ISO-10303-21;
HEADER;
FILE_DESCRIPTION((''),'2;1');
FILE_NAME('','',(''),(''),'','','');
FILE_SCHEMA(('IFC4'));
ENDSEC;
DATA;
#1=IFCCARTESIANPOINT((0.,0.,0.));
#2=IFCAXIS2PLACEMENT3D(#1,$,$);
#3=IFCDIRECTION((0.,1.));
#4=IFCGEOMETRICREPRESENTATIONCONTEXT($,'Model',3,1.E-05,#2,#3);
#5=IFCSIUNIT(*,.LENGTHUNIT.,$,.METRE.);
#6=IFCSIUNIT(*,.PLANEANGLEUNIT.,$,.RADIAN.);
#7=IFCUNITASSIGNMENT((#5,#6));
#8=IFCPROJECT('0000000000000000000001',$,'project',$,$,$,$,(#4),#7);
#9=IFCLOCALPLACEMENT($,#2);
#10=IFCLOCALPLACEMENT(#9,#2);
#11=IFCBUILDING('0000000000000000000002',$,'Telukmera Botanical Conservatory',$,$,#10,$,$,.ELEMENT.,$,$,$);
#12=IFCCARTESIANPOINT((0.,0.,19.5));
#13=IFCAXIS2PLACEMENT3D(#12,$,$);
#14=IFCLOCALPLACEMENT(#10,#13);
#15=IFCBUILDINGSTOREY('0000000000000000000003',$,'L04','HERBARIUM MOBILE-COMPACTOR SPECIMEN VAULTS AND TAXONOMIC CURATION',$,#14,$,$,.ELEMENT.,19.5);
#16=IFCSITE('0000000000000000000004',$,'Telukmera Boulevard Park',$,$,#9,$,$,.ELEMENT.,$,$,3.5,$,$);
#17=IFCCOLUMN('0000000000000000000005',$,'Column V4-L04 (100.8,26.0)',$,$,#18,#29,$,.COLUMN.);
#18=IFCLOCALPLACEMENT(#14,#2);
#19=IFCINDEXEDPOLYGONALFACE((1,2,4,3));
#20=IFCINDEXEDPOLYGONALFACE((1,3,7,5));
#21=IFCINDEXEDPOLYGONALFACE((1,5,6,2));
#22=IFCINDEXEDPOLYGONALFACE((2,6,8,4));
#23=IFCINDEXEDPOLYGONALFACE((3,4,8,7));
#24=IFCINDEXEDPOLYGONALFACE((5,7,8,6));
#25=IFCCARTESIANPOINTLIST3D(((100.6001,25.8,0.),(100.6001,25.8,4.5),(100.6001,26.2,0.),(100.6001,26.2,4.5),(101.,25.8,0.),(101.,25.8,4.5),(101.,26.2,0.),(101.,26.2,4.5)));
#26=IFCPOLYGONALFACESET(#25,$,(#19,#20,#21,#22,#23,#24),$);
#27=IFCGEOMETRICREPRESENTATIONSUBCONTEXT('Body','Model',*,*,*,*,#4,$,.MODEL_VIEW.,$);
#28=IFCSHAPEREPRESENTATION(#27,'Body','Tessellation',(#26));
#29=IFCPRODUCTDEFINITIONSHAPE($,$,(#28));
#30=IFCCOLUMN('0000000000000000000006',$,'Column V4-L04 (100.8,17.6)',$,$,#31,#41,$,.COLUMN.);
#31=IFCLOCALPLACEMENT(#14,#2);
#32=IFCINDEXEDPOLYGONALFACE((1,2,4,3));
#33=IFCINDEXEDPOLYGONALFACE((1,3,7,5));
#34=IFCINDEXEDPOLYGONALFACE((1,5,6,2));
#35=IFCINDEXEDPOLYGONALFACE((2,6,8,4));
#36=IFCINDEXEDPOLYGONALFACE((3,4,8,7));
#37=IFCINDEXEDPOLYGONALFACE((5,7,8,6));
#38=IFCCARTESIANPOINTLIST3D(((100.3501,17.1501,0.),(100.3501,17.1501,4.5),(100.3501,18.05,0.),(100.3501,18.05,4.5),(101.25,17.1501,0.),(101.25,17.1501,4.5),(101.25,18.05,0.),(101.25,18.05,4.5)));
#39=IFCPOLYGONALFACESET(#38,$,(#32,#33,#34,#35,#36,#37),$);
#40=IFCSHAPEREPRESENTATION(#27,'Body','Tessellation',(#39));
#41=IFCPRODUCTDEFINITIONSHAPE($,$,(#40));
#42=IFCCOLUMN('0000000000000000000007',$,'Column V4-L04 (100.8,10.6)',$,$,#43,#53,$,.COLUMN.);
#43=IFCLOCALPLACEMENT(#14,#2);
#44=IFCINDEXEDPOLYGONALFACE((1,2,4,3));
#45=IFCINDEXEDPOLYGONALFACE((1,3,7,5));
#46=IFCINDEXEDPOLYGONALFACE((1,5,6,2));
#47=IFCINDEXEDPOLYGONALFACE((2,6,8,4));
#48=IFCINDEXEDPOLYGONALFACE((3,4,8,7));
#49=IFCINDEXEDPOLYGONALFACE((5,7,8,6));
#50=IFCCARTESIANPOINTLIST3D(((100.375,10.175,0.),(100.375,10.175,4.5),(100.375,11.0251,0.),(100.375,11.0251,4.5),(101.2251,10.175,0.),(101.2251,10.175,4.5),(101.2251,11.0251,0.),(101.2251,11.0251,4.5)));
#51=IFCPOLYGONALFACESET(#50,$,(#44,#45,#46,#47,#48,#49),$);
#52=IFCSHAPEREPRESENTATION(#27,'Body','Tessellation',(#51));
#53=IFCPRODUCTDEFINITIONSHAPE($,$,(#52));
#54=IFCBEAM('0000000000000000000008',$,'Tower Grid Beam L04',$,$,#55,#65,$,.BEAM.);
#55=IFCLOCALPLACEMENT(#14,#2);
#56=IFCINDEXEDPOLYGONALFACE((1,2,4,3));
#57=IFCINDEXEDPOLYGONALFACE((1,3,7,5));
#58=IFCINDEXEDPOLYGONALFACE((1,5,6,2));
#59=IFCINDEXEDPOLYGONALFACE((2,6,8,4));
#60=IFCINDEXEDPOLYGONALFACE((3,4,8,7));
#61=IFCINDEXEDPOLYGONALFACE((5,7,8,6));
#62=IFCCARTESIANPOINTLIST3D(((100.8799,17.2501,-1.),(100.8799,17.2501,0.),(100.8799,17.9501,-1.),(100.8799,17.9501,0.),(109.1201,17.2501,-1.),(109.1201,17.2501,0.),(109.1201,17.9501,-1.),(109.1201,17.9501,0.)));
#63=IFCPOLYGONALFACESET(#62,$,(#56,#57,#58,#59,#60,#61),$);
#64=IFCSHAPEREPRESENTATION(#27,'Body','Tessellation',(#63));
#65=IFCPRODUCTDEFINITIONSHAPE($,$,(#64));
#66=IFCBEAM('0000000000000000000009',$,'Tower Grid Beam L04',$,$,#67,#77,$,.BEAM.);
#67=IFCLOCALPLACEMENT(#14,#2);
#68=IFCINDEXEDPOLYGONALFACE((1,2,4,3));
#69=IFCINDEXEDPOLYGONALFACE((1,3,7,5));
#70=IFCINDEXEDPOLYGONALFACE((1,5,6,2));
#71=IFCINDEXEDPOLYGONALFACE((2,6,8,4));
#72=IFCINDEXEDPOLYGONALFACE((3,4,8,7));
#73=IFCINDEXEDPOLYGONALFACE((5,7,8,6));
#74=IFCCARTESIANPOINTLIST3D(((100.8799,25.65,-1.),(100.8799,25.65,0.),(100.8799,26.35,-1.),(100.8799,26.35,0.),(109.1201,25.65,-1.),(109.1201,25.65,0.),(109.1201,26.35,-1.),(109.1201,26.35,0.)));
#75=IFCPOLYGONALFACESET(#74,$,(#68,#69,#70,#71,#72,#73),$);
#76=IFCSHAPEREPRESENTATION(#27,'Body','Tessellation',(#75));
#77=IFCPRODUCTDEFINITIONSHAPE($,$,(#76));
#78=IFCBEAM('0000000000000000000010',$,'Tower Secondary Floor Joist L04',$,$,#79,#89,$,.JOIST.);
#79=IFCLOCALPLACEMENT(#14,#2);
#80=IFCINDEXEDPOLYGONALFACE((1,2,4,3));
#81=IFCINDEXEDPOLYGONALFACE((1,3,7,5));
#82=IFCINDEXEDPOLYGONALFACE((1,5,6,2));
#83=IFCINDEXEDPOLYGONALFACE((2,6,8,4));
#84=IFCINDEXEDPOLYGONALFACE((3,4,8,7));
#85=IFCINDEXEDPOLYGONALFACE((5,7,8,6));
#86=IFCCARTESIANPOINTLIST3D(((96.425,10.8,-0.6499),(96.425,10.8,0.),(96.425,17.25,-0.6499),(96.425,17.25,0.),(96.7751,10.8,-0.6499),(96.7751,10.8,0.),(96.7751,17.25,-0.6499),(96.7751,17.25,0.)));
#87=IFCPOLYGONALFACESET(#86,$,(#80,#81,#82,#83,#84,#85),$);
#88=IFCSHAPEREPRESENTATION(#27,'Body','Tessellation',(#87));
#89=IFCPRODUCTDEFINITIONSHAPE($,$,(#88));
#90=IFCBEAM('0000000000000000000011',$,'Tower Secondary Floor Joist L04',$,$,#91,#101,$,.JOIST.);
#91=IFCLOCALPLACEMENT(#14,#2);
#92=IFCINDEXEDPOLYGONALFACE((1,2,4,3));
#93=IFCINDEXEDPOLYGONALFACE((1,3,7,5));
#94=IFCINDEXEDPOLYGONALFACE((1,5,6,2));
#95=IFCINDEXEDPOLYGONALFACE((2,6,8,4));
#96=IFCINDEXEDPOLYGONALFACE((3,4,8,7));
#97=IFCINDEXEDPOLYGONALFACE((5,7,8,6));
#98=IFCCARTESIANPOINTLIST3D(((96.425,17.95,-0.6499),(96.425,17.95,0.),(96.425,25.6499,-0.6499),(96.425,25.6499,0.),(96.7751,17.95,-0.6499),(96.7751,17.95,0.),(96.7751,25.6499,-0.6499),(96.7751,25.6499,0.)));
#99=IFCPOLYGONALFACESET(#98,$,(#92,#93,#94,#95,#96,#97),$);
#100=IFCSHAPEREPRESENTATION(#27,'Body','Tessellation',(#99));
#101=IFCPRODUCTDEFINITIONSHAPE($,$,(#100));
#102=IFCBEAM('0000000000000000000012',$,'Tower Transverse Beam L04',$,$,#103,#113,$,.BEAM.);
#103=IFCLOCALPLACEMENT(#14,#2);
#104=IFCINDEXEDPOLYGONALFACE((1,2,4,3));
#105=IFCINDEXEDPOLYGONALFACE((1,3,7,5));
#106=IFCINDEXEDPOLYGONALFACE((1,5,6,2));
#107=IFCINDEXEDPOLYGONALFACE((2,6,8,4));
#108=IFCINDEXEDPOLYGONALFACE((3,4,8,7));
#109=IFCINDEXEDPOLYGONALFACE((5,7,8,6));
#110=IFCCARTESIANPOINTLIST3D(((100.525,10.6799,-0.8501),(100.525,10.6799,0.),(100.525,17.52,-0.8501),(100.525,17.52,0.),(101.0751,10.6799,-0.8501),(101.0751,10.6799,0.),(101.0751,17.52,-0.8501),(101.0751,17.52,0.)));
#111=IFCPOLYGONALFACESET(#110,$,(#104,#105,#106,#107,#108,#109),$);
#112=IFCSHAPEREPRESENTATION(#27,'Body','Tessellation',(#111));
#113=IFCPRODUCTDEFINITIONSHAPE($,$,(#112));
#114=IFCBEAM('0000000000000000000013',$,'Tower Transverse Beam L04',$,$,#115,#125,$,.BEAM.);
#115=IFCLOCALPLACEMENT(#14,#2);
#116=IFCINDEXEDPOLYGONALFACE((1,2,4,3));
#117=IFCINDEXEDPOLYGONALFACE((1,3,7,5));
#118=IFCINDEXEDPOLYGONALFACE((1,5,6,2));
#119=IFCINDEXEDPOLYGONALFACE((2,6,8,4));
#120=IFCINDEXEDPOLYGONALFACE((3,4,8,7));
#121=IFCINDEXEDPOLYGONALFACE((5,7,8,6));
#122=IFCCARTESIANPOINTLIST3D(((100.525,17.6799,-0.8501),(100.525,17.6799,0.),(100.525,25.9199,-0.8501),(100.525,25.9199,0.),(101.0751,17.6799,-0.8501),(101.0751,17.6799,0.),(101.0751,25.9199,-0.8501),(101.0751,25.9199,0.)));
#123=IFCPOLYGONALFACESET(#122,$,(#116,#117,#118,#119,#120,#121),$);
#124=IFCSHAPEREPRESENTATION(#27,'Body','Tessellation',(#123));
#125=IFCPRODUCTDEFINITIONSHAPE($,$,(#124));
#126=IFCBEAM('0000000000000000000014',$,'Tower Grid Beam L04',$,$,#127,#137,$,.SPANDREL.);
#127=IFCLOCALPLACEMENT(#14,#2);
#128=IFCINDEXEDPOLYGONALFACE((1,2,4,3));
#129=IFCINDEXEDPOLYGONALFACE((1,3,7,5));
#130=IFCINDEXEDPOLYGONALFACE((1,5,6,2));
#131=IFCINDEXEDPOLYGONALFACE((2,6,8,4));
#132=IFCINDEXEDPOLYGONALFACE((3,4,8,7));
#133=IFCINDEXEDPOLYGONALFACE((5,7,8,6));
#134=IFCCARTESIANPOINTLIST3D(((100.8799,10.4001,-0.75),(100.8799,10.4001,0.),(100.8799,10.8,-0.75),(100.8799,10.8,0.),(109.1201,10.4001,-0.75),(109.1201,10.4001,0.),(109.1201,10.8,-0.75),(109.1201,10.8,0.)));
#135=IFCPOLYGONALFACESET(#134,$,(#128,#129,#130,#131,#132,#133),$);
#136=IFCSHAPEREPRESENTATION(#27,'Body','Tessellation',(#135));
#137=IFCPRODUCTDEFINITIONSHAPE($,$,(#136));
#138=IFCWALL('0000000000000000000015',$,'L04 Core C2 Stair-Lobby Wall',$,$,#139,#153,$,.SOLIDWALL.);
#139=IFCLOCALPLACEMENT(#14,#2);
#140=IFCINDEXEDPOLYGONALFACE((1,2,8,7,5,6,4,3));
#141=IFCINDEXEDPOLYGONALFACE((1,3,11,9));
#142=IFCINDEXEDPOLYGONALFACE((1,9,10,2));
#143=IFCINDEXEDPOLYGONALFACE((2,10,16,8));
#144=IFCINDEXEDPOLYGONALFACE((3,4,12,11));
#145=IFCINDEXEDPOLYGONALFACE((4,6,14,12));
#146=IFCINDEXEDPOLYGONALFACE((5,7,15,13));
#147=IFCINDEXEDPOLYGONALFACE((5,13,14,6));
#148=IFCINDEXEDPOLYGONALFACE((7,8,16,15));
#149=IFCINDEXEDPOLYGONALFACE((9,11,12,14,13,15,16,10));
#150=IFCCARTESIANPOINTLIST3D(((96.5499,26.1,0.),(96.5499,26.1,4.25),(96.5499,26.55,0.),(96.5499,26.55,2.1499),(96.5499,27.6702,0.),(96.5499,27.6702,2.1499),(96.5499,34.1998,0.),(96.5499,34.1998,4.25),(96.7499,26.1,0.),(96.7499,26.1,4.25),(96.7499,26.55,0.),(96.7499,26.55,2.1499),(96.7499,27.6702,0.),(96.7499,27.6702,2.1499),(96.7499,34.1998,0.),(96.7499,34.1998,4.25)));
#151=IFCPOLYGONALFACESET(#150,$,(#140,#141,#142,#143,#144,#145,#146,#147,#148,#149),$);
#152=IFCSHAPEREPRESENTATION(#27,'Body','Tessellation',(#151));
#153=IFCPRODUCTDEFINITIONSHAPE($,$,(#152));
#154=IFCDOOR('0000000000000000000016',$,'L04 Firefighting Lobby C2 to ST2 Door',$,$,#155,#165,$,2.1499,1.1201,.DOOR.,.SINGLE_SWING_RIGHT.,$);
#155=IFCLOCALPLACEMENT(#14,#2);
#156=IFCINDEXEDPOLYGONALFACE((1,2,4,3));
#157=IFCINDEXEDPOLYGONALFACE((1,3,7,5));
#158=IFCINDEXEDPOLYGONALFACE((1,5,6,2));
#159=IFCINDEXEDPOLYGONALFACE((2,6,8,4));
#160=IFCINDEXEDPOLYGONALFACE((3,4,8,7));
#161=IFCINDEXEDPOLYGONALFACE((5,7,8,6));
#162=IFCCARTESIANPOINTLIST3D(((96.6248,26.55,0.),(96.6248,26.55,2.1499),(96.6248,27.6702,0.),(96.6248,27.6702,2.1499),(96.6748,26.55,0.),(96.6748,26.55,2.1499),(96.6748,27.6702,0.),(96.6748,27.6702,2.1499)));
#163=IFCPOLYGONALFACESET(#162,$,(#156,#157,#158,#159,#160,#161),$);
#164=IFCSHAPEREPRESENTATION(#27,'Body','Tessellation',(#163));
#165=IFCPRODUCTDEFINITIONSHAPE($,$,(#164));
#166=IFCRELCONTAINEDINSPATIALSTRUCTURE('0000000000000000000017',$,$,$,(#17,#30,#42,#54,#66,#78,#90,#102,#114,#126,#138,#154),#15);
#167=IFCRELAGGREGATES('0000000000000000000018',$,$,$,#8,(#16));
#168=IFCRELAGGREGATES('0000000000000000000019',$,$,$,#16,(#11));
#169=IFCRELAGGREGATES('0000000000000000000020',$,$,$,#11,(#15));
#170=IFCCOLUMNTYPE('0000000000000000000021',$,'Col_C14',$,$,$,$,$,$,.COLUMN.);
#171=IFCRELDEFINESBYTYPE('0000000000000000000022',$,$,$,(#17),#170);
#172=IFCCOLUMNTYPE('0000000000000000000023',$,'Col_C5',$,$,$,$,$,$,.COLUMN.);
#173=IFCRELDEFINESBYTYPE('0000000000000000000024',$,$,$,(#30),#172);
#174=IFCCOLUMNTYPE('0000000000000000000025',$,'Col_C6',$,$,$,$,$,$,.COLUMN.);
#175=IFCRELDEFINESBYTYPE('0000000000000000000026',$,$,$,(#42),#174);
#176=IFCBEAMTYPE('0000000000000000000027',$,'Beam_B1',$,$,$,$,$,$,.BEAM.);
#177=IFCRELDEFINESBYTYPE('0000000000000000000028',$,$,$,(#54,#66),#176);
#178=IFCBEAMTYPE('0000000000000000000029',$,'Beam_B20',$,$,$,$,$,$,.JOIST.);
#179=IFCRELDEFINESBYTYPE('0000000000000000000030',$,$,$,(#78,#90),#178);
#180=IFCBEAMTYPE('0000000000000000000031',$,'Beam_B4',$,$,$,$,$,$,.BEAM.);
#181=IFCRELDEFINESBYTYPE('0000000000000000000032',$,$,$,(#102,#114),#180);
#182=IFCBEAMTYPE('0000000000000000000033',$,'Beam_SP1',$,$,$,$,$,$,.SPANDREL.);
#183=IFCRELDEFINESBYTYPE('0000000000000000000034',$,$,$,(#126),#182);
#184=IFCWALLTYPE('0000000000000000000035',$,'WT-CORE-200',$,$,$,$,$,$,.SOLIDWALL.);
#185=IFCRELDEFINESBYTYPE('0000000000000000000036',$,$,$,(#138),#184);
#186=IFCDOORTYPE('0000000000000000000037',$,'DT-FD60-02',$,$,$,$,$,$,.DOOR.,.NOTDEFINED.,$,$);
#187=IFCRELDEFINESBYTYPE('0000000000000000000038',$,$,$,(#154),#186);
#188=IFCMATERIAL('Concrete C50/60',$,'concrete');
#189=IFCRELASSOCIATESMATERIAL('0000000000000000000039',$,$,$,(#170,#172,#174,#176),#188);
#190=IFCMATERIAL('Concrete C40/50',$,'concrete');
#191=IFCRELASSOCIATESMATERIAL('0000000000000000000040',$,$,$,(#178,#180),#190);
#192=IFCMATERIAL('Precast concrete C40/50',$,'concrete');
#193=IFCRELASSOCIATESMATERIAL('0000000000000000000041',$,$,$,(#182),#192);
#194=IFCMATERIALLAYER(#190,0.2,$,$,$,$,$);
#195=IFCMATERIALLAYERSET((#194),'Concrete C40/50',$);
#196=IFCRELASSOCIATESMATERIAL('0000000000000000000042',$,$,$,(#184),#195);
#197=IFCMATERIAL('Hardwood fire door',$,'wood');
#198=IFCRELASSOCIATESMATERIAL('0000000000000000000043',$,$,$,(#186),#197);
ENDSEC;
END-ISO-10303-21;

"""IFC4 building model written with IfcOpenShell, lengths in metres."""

from ifc_helpers import new_model, si_unit, direction, frame, frame_2d, origin, origin_2d, place, context, subcontext, project, spatial, rectangle, extrude, material, layer, layer_set, material_profile, profile_set, type_object, element, fill, save


model = new_model("IFC4")

# Units and contexts
model_context = context("Model", 3, precision=1e-05, world=origin(), true_north=direction((0.0, 1.0)))
body_context = subcontext(model_context, "Body", "Model", "MODEL_VIEW")
ifc_project = project(units=[si_unit("LENGTHUNIT", "METRE"), si_unit("PLANEANGLEUNIT", "RADIAN")], contexts=[model_context])

# Site, building, storey
site_placement = place(None, origin())
site = spatial("IfcSite", under=ifc_project, at=site_placement, Name="Telukmera Boulevard Park", CompositionType="ELEMENT", RefElevation=3.5)
building_placement = place(site_placement, origin())
building = spatial("IfcBuilding", under=site, at=building_placement, Name="Telukmera Botanical Conservatory", CompositionType="ELEMENT")
storey_placement = place(building_placement, frame((0.0, 0.0, 19.5)))
storey = spatial("IfcBuildingStorey", under=building, at=storey_placement, Name="L04", Description="HERBARIUM MOBILE-COMPACTOR SPECIMEN VAULTS AND TAXONOMIC CURATION", CompositionType="ELEMENT", Elevation=19.5)

# Columns
ifc_material_1 = material(Name="Concrete C50/60", Category="concrete")
ifc_material_profile_1 = material_profile(ifc_material_1, rectangle(XDim=0.3999, YDim=0.3999, at=origin_2d()), Name="RC 400x400")
ifc_profile_set_1 = profile_set([ifc_material_profile_1], Name="Concrete C50/60")
column_type_1 = type_object("IfcColumnType", Name="Col_C14", PredefinedType="COLUMN", material=ifc_profile_set_1)
column_1_placement = place(storey_placement, frame((100.8, 26.0, 0.0), z_axis=(0.0, 0.0, 1.0), x_axis=(1.0, 0.0, 0.0)))
element("IfcColumn", 1, at=column_1_placement, inside=storey, type_object=column_type_1, Name="Column V4-L04 (100.8,26.0)", PredefinedType="COLUMN", context=body_context, shape_type="SweptSolid", body=[
    extrude(rectangle(XDim=0.3999, YDim=0.3999, at=origin_2d()), origin(), (0.0, 0.0, 1.0), 4.5),
])
ifc_material_profile_2 = material_profile(ifc_material_1, rectangle(XDim=0.8999, YDim=0.8999, at=origin_2d()), Name="RC 900x900")
ifc_profile_set_2 = profile_set([ifc_material_profile_2], Name="Concrete C50/60")
column_type_2 = type_object("IfcColumnType", Name="Col_C5", PredefinedType="COLUMN", material=ifc_profile_set_2)
column_2_placement = place(storey_placement, frame((100.8, 17.6001, 0.0), z_axis=(0.0, 0.0, 1.0), x_axis=(1.0, 0.0, 0.0)))
element("IfcColumn", 2, at=column_2_placement, inside=storey, type_object=column_type_2, Name="Column V4-L04 (100.8,17.6)", PredefinedType="COLUMN", context=body_context, shape_type="SweptSolid", body=[
    extrude(rectangle(XDim=0.8999, YDim=0.8999, at=origin_2d()), origin(), (0.0, 0.0, 1.0), 4.5),
])
ifc_material_profile_3 = material_profile(ifc_material_1, rectangle(XDim=0.8501, YDim=0.8501, at=origin_2d()), Name="RC 850x850")
ifc_profile_set_3 = profile_set([ifc_material_profile_3], Name="Concrete C50/60")
column_type_3 = type_object("IfcColumnType", Name="Col_C6", PredefinedType="COLUMN", material=ifc_profile_set_3)
column_3_placement = place(storey_placement, frame((100.8, 10.6001, 0.0), z_axis=(0.0, 0.0, 1.0), x_axis=(1.0, 0.0, 0.0)))
element("IfcColumn", 3, at=column_3_placement, inside=storey, type_object=column_type_3, Name="Column V4-L04 (100.8,10.6)", PredefinedType="COLUMN", context=body_context, shape_type="SweptSolid", body=[
    extrude(rectangle(XDim=0.8501, YDim=0.8501, at=origin_2d()), origin(), (0.0, 0.0, 1.0), 4.5),
])

# Beams
ifc_material_profile_4 = material_profile(ifc_material_1, rectangle(XDim=0.7, YDim=1.0, at=origin_2d()), Name="RC 700x1000")
ifc_profile_set_4 = profile_set([ifc_material_profile_4], Name="Concrete C50/60")
beam_type_1 = type_object("IfcBeamType", Name="Beam_B1", PredefinedType="BEAM", material=ifc_profile_set_4)
for number, where, z_axis, x_axis, name in (
    (4, (100.8799, 17.6001, -0.5), (1.0, 0.0, 0.0), (0.0, 1.0, 0.0), "Tower Grid Beam L04"),
    (5, (100.8799, 26.0, -0.5), (1.0, 0.0, 0.0), (0.0, 1.0, 0.0), "Tower Grid Beam L04"),
):
    element("IfcBeam", number, at=place(storey_placement, frame(where, z_axis=z_axis, x_axis=x_axis)), inside=storey, type_object=beam_type_1, Name=name, PredefinedType="BEAM", context=body_context, shape_type="SweptSolid", body=[
        extrude(rectangle(XDim=0.7, YDim=1.0, at=origin_2d()), origin(), (0.0, 0.0, 1.0), 8.2402),
    ])
ifc_material_2 = material(Name="Concrete C40/50", Category="concrete")
ifc_material_profile_5 = material_profile(ifc_material_2, rectangle(XDim=0.3501, YDim=0.6499, at=origin_2d()), Name="RC 350x650")
ifc_profile_set_5 = profile_set([ifc_material_profile_5], Name="Concrete C40/50")
beam_type_2 = type_object("IfcBeamType", Name="Beam_B20", PredefinedType="JOIST", material=ifc_profile_set_5)
beam_1_placement = place(storey_placement, frame((96.6001, 10.8, -0.325), z_axis=(0.0, 1.0, 0.0), x_axis=(-1.0, 0.0, 0.0)))
element("IfcBeam", 6, at=beam_1_placement, inside=storey, type_object=beam_type_2, Name="Tower Secondary Floor Joist L04", PredefinedType="JOIST", context=body_context, shape_type="SweptSolid", body=[
    extrude(rectangle(XDim=0.3501, YDim=0.6499, at=origin_2d()), origin(), (0.0, 0.0, 1.0), 6.45),
])
beam_2_placement = place(storey_placement, frame((96.6001, 17.95, -0.325), z_axis=(0.0, 1.0, 0.0), x_axis=(-1.0, 0.0, 0.0)))
element("IfcBeam", 7, at=beam_2_placement, inside=storey, type_object=beam_type_2, Name="Tower Secondary Floor Joist L04", PredefinedType="JOIST", context=body_context, shape_type="SweptSolid", body=[
    extrude(rectangle(XDim=0.3501, YDim=0.6499, at=origin_2d()), origin(), (0.0, 0.0, 1.0), 7.7),
])
ifc_material_profile_6 = material_profile(ifc_material_2, rectangle(XDim=0.55, YDim=0.8501, at=origin_2d()), Name="RC 550x850")
ifc_profile_set_6 = profile_set([ifc_material_profile_6], Name="Concrete C40/50")
beam_type_3 = type_object("IfcBeamType", Name="Beam_B4", PredefinedType="BEAM", material=ifc_profile_set_6)
beam_3_placement = place(storey_placement, frame((100.8, 10.6799, -0.425), z_axis=(0.0, 1.0, 0.0), x_axis=(-1.0, 0.0, 0.0)))
element("IfcBeam", 8, at=beam_3_placement, inside=storey, type_object=beam_type_3, Name="Tower Transverse Beam L04", PredefinedType="BEAM", context=body_context, shape_type="SweptSolid", body=[
    extrude(rectangle(XDim=0.55, YDim=0.8501, at=origin_2d()), origin(), (0.0, 0.0, 1.0), 6.8401),
])
beam_4_placement = place(storey_placement, frame((100.8, 17.6799, -0.425), z_axis=(0.0, 1.0, 0.0), x_axis=(-1.0, 0.0, 0.0)))
element("IfcBeam", 9, at=beam_4_placement, inside=storey, type_object=beam_type_3, Name="Tower Transverse Beam L04", PredefinedType="BEAM", context=body_context, shape_type="SweptSolid", body=[
    extrude(rectangle(XDim=0.55, YDim=0.8501, at=origin_2d()), origin(), (0.0, 0.0, 1.0), 8.24),
])
ifc_material_3 = material(Name="Precast concrete C40/50", Category="concrete")
ifc_material_profile_7 = material_profile(ifc_material_3, rectangle(XDim=0.3999, YDim=0.75, at=origin_2d()), Name="PC 400x750")
ifc_profile_set_7 = profile_set([ifc_material_profile_7], Name="Precast concrete C40/50")
beam_type_4 = type_object("IfcBeamType", Name="Beam_SP1", PredefinedType="SPANDREL", material=ifc_profile_set_7)
beam_5_placement = place(storey_placement, frame((100.8799, 10.6001, -0.375), z_axis=(1.0, 0.0, 0.0), x_axis=(0.0, 1.0, 0.0)))
element("IfcBeam", 10, at=beam_5_placement, inside=storey, type_object=beam_type_4, Name="Tower Grid Beam L04", PredefinedType="SPANDREL", context=body_context, shape_type="SweptSolid", body=[
    extrude(rectangle(XDim=0.3999, YDim=0.75, at=origin_2d()), origin(), (0.0, 0.0, 1.0), 8.2402),
])

# Wall, opening, door
ifc_layer_1 = layer(ifc_material_2, 0.2)
ifc_layer_set_1 = layer_set([ifc_layer_1], Name="Concrete C40/50")
wall_type_1 = type_object("IfcWallType", Name="WT-CORE-200", PredefinedType="SOLIDWALL", material=ifc_layer_set_1)
wall_1_placement = place(storey_placement, frame((96.6499, 26.1001, 0.0), z_axis=(0.0, 0.0, 1.0), x_axis=(0.0, 1.0, 0.0)))
wall_1 = element("IfcWall", 11, at=wall_1_placement, inside=storey, type_object=wall_type_1, Name="L04 Core C2 Stair-Lobby Wall", PredefinedType="SOLIDWALL", context=body_context, shape_type="SweptSolid", body=[
    extrude(rectangle(XDim=8.0999, YDim=0.2, at=frame_2d((4.0498, 0.0))), origin(), (0.0, 0.0, 1.0), 4.25),
])
opening_1_placement = place(wall_1_placement, frame((0.45, 0.0, 0.0)))
opening_1 = element("IfcOpeningElement", 12, at=opening_1_placement, cuts=wall_1, PredefinedType="OPENING", context=body_context, shape_type="SweptSolid", body=[
    extrude(rectangle(XDim=1.1201, YDim=2.1499, at=frame_2d((0.5601, 1.075))), frame((0.0, 0.1099, 0.0), z_axis=(0.0, -1.0, 0.0), x_axis=(1.0, 0.0, 0.0)), (0.0, 0.0, 1.0), 0.22),
])
ifc_material_4 = material(Name="Hardwood fire door", Category="wood")
door_type_1 = type_object("IfcDoorType", Name="DT-FD60-02", OperationType="NOTDEFINED", PredefinedType="DOOR", material=ifc_material_4)
door_1_placement = place(opening_1_placement, frame((1.1201, 0.0, 0.0), z_axis=(0.0, 0.0, 1.0), x_axis=(-1.0, 0.0, 0.0)))
door_1 = element("IfcDoor", 13, at=door_1_placement, inside=storey, type_object=door_type_1, Name="L04 Firefighting Lobby C2 to ST2 Door", OperationType="SINGLE_SWING_RIGHT", OverallHeight=2.1499, OverallWidth=1.1201, PredefinedType="DOOR", context=body_context, shape_type="SweptSolid", body=[
    extrude(rectangle(XDim=1.1201, YDim=2.1499, at=frame_2d((0.5601, 1.075))), frame((0.0, 0.0249, 0.0), z_axis=(0.0, -1.0, 0.0), x_axis=(1.0, 0.0, 0.0)), (0.0, 0.0, 1.0), 0.05),
])
fill(opening_1, door_1)

save(model, "model.ifc")
